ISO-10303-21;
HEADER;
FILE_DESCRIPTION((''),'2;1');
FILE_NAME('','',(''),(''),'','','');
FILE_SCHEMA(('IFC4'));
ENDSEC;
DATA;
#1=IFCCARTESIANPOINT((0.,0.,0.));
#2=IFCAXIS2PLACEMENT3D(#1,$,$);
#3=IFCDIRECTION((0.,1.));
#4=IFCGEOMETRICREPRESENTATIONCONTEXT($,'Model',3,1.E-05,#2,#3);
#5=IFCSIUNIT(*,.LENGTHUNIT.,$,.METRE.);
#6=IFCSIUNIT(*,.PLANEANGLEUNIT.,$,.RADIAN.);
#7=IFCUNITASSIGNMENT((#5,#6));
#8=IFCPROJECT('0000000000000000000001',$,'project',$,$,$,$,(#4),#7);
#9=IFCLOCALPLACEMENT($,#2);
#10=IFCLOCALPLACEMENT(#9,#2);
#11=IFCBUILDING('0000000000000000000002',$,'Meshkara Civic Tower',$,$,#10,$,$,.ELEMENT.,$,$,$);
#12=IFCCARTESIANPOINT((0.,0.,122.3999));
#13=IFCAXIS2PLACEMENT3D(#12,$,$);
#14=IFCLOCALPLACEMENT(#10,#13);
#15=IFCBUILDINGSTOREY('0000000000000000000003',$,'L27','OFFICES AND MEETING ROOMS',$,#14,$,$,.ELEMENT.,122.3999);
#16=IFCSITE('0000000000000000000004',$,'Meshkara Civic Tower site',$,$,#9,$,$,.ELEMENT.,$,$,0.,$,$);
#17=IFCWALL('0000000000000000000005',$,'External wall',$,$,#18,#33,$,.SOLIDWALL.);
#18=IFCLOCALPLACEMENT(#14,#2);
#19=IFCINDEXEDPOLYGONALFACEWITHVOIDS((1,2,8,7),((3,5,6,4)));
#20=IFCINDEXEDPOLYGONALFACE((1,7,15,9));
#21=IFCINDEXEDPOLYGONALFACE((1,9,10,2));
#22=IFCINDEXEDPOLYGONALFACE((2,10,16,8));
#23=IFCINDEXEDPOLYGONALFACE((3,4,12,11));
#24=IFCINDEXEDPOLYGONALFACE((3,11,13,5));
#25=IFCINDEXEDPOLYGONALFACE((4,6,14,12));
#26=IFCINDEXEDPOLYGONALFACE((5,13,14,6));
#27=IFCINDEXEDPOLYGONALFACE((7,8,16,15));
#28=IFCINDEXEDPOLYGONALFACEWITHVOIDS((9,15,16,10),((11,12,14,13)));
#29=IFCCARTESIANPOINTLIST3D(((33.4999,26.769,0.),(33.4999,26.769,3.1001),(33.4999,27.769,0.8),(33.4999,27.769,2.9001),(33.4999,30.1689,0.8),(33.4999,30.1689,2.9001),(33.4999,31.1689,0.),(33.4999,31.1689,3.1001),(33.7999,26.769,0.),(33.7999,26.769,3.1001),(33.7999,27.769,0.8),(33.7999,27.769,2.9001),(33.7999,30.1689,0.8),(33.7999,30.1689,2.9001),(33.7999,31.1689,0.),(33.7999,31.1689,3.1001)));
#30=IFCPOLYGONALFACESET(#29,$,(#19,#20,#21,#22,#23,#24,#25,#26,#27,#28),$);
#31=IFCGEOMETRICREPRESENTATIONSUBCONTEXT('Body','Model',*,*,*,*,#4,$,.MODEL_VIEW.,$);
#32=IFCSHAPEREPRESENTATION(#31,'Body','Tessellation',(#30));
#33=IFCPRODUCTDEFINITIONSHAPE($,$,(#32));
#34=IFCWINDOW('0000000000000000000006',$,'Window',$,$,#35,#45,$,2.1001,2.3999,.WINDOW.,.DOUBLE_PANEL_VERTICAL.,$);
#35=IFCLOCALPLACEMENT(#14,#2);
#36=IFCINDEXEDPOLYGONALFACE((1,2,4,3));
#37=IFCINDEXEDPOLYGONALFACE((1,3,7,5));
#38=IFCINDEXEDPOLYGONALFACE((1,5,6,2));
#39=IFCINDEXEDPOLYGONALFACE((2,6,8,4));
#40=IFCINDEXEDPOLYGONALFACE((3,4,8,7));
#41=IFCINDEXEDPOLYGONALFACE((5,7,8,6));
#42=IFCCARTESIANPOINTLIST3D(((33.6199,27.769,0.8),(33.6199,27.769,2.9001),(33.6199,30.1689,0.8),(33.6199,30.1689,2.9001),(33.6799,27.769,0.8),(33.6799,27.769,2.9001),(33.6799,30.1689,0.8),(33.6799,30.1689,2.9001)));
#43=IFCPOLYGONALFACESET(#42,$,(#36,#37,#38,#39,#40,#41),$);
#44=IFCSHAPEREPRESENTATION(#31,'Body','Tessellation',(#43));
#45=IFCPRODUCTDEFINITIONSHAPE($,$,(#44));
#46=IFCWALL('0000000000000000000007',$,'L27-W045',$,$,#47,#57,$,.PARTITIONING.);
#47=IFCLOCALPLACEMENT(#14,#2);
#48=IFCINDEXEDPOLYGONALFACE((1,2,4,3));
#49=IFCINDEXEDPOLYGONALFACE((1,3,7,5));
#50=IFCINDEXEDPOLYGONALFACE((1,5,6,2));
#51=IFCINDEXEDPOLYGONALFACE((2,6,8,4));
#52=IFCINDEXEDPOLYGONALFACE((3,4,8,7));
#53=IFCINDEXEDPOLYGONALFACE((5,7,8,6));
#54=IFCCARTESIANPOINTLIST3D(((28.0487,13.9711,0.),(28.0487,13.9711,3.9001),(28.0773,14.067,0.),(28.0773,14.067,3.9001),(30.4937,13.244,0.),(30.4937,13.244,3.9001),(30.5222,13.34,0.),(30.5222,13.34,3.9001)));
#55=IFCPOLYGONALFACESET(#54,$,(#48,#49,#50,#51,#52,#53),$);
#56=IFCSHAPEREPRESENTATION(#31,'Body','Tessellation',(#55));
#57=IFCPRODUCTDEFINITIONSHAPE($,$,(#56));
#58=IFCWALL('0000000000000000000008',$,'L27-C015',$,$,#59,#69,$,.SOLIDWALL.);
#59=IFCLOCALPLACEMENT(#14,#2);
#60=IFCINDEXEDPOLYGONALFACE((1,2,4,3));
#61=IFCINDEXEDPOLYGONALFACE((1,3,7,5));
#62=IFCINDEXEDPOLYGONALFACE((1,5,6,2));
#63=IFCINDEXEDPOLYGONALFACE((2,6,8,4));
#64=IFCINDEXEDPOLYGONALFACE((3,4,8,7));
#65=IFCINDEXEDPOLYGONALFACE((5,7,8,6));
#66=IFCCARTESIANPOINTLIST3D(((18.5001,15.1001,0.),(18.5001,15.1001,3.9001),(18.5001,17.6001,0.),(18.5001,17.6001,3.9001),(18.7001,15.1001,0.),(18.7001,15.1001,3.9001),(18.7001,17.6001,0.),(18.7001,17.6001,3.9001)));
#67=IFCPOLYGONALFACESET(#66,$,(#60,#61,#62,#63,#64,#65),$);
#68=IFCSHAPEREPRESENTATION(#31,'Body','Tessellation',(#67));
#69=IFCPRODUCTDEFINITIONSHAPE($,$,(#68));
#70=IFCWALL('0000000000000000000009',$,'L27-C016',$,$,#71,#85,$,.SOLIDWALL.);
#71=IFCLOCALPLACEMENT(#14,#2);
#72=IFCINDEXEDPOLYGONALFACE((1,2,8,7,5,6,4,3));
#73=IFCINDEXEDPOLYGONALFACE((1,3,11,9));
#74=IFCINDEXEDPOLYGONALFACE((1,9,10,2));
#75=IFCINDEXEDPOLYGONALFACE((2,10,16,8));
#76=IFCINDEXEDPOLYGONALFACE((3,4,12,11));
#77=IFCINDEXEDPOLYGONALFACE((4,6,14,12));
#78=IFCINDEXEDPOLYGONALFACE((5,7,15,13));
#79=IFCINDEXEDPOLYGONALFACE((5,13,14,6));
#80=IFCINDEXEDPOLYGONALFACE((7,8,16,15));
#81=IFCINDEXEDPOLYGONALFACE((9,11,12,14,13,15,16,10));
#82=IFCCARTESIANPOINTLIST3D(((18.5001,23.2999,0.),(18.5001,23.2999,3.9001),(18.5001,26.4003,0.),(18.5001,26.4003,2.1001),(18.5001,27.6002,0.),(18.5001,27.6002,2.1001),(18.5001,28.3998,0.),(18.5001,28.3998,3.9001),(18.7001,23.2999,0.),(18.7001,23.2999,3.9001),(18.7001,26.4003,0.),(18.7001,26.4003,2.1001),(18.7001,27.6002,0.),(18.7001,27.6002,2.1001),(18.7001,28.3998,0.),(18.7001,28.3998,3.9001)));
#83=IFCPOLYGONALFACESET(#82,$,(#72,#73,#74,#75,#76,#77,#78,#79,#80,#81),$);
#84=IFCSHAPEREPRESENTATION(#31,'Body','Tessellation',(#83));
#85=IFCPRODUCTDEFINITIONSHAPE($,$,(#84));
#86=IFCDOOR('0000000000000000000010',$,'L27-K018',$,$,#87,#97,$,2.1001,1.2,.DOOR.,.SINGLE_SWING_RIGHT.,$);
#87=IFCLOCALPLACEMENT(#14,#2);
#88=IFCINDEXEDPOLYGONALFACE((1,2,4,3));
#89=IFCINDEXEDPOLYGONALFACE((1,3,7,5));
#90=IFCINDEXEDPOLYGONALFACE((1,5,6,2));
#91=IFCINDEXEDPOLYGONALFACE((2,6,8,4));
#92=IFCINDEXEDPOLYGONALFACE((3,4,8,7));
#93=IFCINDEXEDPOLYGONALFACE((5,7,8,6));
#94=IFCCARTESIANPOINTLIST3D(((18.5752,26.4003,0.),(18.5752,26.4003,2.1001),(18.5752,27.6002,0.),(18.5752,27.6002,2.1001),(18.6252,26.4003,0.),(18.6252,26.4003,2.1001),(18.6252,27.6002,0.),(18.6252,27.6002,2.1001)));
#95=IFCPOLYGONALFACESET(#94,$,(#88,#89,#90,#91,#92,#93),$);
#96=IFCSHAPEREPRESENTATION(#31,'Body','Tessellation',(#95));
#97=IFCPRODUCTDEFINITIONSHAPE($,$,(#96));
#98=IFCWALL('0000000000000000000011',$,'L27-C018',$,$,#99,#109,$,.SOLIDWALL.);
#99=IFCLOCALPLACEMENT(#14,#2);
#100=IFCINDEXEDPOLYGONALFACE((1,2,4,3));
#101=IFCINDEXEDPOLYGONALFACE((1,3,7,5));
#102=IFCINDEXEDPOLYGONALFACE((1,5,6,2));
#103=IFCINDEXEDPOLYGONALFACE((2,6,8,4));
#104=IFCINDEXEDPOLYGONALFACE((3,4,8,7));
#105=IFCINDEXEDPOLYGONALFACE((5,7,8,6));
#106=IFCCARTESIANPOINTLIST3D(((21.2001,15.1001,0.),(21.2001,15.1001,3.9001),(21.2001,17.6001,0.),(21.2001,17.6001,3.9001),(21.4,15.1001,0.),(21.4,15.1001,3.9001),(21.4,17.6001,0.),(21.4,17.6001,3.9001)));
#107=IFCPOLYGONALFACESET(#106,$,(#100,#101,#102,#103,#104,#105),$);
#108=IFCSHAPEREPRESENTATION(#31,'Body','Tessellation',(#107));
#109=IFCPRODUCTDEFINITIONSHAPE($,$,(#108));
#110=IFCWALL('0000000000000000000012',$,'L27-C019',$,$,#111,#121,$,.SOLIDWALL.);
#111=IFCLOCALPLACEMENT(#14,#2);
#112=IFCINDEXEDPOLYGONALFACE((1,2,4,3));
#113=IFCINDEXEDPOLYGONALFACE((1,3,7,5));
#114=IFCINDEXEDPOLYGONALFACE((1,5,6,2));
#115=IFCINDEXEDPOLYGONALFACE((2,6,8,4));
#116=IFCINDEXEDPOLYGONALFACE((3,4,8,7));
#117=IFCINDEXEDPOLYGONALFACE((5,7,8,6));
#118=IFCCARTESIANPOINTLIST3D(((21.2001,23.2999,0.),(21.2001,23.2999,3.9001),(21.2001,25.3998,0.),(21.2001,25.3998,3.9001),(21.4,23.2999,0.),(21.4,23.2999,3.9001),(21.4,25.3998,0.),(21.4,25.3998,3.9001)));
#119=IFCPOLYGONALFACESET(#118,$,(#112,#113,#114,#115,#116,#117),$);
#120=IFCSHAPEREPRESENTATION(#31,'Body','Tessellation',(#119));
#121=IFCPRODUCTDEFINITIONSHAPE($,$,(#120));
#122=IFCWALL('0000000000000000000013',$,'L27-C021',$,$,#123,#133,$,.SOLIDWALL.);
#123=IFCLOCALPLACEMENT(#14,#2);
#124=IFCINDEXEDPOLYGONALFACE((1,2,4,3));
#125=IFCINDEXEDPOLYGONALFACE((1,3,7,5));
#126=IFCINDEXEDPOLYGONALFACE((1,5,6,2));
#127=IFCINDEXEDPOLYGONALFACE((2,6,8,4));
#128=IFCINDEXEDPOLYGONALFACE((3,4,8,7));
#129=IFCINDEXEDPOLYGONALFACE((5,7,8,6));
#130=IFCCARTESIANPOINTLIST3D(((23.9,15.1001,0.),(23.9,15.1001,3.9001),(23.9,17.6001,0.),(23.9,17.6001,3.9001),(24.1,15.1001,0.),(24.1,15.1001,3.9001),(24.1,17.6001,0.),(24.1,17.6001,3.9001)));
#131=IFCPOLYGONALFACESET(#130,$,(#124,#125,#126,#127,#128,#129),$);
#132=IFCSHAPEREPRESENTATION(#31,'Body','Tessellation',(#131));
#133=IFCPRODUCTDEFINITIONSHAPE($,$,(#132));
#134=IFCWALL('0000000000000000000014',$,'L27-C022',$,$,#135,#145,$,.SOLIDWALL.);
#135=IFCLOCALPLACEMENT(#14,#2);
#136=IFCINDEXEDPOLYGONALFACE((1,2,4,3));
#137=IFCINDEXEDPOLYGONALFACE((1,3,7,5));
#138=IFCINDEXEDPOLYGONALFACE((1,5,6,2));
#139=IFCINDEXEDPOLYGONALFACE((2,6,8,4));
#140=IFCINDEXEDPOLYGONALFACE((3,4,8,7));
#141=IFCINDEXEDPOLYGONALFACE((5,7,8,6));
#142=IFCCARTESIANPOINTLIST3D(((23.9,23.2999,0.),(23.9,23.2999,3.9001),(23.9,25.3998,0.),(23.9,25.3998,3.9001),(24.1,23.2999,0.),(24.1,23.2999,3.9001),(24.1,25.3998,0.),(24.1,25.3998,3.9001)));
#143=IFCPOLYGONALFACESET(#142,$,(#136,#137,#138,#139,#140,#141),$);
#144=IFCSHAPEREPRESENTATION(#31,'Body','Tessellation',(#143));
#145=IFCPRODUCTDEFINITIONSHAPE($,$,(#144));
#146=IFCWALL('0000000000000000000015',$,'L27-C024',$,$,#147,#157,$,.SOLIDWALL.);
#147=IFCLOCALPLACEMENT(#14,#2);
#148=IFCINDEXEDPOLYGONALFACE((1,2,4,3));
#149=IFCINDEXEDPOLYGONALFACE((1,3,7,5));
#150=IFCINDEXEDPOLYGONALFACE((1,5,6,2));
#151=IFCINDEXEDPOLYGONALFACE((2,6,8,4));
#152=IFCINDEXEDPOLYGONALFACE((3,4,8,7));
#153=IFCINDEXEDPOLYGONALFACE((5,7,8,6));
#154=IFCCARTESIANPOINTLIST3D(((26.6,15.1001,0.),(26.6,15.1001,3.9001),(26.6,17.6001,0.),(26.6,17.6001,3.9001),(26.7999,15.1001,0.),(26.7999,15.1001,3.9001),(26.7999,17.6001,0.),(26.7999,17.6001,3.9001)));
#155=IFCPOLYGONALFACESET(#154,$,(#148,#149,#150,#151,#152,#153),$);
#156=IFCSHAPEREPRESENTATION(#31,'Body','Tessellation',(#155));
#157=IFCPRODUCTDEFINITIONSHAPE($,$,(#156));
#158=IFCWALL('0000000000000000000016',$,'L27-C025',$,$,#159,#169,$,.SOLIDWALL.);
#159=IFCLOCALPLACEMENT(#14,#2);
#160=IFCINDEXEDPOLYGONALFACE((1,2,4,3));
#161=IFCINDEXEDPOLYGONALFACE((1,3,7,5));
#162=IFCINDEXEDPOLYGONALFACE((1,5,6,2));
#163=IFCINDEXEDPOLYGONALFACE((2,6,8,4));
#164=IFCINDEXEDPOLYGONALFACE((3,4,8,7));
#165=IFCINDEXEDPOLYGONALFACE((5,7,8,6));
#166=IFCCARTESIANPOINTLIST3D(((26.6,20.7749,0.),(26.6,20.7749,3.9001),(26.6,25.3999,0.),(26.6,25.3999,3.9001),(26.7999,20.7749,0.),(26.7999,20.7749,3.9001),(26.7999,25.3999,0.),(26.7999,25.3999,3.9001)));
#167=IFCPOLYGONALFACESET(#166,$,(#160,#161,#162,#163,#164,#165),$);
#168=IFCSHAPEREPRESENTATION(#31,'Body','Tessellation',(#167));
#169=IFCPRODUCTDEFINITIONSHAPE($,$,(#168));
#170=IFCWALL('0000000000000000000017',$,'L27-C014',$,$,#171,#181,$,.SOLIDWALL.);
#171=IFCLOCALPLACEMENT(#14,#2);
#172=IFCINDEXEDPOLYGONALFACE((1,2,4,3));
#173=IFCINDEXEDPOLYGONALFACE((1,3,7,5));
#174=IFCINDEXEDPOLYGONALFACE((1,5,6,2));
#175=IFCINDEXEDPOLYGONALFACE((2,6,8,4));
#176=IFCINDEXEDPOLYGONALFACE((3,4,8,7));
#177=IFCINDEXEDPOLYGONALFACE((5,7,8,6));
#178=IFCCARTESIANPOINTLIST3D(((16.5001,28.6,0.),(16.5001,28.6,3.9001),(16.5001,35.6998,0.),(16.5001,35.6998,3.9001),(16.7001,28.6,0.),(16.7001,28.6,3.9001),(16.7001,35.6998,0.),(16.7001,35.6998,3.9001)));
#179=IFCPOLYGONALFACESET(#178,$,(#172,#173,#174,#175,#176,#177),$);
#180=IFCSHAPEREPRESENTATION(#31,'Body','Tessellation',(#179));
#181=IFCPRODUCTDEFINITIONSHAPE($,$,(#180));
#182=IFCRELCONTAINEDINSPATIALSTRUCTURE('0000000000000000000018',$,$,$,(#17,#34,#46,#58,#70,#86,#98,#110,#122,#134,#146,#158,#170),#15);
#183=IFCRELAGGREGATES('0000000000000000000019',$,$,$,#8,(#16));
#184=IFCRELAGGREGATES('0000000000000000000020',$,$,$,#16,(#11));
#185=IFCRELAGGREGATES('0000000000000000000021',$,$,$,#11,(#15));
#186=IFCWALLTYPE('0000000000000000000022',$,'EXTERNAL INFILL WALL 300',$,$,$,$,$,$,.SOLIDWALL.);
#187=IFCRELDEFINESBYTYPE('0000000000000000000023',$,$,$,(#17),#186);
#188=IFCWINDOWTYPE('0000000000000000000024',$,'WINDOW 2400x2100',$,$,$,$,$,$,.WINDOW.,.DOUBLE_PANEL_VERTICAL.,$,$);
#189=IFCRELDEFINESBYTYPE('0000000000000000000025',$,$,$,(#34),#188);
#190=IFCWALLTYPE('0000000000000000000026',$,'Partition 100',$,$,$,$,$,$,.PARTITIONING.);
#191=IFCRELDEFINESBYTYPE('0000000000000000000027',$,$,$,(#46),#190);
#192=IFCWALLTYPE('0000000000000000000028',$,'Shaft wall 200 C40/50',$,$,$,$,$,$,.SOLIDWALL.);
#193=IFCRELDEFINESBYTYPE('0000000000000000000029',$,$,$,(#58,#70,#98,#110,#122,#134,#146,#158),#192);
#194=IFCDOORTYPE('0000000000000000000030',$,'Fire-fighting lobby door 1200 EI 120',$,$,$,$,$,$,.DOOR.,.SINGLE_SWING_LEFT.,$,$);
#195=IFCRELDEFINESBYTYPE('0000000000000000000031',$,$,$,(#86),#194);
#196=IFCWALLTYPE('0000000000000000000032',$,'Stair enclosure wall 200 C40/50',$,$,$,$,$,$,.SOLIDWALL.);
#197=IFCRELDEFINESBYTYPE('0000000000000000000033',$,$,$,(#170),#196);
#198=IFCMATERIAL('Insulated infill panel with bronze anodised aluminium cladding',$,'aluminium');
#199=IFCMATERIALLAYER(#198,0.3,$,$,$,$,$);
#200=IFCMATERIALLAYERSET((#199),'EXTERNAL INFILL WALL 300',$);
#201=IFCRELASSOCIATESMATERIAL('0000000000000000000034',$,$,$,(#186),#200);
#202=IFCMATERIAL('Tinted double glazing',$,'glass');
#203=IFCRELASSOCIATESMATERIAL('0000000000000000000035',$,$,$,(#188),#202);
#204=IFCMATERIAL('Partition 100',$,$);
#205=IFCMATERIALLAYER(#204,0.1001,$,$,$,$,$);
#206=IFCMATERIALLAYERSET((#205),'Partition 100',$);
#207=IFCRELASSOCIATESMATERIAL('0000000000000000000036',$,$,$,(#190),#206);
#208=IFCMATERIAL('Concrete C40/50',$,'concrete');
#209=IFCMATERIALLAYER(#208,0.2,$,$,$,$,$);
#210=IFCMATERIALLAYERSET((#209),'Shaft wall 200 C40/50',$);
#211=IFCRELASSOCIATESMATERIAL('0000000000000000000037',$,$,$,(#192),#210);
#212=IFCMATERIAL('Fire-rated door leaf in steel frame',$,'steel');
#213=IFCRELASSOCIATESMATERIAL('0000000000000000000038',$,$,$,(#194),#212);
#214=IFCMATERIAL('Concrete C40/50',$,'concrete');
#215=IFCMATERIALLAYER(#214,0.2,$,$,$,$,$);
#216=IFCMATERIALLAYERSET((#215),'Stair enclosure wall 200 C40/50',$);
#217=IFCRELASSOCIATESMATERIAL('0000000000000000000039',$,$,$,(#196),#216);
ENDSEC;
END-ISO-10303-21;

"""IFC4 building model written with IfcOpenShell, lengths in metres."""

from ifc_helpers import new_model, si_unit, direction, frame, frame_2d, origin, place, context, subcontext, project, spatial, rectangle, extrude, material, layer, layer_set, type_object, element, fill, save


model = new_model("IFC4")

# Units and contexts
model_context = context("Model", 3, precision=1e-05, world=origin(), true_north=direction((0.0, 1.0)))
body_context = subcontext(model_context, "Body", "Model", "MODEL_VIEW")
ifc_project = project(units=[si_unit("LENGTHUNIT", "METRE"), si_unit("PLANEANGLEUNIT", "RADIAN")], contexts=[model_context])

# Site, building, storey
site_placement = place(None, origin())
site = spatial("IfcSite", under=ifc_project, at=site_placement, Name="Meshkara Civic Tower site", CompositionType="ELEMENT", RefElevation=0.0)
building_placement = place(site_placement, origin())
building = spatial("IfcBuilding", under=site, at=building_placement, Name="Meshkara Civic Tower", CompositionType="ELEMENT")
storey_placement = place(building_placement, frame((0.0, 0.0, 122.3999)))
storey = spatial("IfcBuildingStorey", under=building, at=storey_placement, Name="L27", Description="OFFICES AND MEETING ROOMS", CompositionType="ELEMENT", Elevation=122.3999)

# Wall, opening, window
ifc_material_1 = material(Name="Insulated infill panel with bronze anodised aluminium cladding", Category="aluminium")
ifc_layer_1 = layer(ifc_material_1, 0.3)
ifc_layer_set_1 = layer_set([ifc_layer_1], Name="EXTERNAL INFILL WALL 300")
wall_type_1 = type_object("IfcWallType", Name="EXTERNAL INFILL WALL 300", PredefinedType="SOLIDWALL", material=ifc_layer_set_1)
ifc_material_2 = material(Name="Tinted double glazing", Category="glass")
window_type = type_object("IfcWindowType", Name="WINDOW 2400x2100", PartitioningType="DOUBLE_PANEL_VERTICAL", PredefinedType="WINDOW", material=ifc_material_2)
wall_1_placement = place(storey_placement, frame((33.6499, 26.769, 0.0), z_axis=(0.0, 0.0, 1.0), x_axis=(0.0, 1.0, 0.0)))
wall_1 = element("IfcWall", 1, at=wall_1_placement, inside=storey, type_object=wall_type_1, Name="External wall", PredefinedType="SOLIDWALL", context=body_context, shape_type="SweptSolid", body=[
    extrude(rectangle(XDim=4.3999, YDim=0.3, at=frame_2d((2.2, 0.0))), origin(), (0.0, 0.0, 1.0), 3.1001),
])
opening_1_placement = place(wall_1_placement, frame((1.0, 0.0, 0.8)))
opening_1 = element("IfcOpeningElement", 2, at=opening_1_placement, cuts=wall_1, PredefinedType="OPENING", context=body_context, shape_type="SweptSolid", body=[
    extrude(rectangle(XDim=2.3999, YDim=2.1001, at=frame_2d((1.2, 1.05))), frame((0.0, 0.1599, 0.0), z_axis=(0.0, -1.0, 0.0), x_axis=(1.0, 0.0, 0.0)), (0.0, 0.0, 1.0), 0.3201),
])
window_1_placement = place(opening_1_placement, origin())
window_1 = element("IfcWindow", 3, at=window_1_placement, inside=storey, type_object=window_type, Name="Window", OverallHeight=2.1001, OverallWidth=2.3999, PartitioningType="DOUBLE_PANEL_VERTICAL", PredefinedType="WINDOW", context=body_context, shape_type="SweptSolid", body=[
    extrude(rectangle(XDim=2.3999, YDim=2.1001, at=frame_2d((1.2, 1.05))), frame((0.0, 0.03, 0.0), z_axis=(0.0, -1.0, 0.0), x_axis=(1.0, 0.0, 0.0)), (0.0, 0.0, 1.0), 0.0601),
])
fill(opening_1, window_1)

# Walls
ifc_material_3 = material(Name="Partition 100")
ifc_layer_2 = layer(ifc_material_3, 0.1001)
ifc_layer_set_2 = layer_set([ifc_layer_2], Name="Partition 100")
wall_type_2 = type_object("IfcWallType", Name="Partition 100", PredefinedType="PARTITIONING", material=ifc_layer_set_2)
wall_2_placement = place(storey_placement, frame((28.063, 14.019, 0.0), z_axis=(0.0, 0.0, 1.0), x_axis=(0.958522, -0.28502, 0.0)))
element("IfcWall", 4, at=wall_2_placement, inside=storey, type_object=wall_type_2, Name="L27-W045", PredefinedType="PARTITIONING", context=body_context, shape_type="SweptSolid", body=[
    extrude(rectangle(XDim=2.5508, YDim=0.1001, at=frame_2d((1.2754, 0.0))), origin(), (0.0, 0.0, 1.0), 3.9001),
])
ifc_material_4 = material(Name="Concrete C40/50", Category="concrete")
ifc_layer_3 = layer(ifc_material_4, 0.2)
ifc_layer_set_3 = layer_set([ifc_layer_3], Name="Shaft wall 200 C40/50")
wall_type_3 = type_object("IfcWallType", Name="Shaft wall 200 C40/50", PredefinedType="SOLIDWALL", material=ifc_layer_set_3)
wall_3_placement = place(storey_placement, frame((18.6001, 15.1001, 0.0), z_axis=(0.0, 0.0, 1.0), x_axis=(0.0, 1.0, 0.0)))
element("IfcWall", 5, at=wall_3_placement, inside=storey, type_object=wall_type_3, Name="L27-C015", PredefinedType="SOLIDWALL", context=body_context, shape_type="SweptSolid", body=[
    extrude(rectangle(XDim=2.5, YDim=0.2, at=frame_2d((1.25, 0.0))), origin(), (0.0, 0.0, 1.0), 3.9001),
])

# Wall, opening, door
wall_4_placement = place(storey_placement, frame((18.6001, 23.3, 0.0), z_axis=(0.0, 0.0, 1.0), x_axis=(0.0, 1.0, 0.0)))
wall_4 = element("IfcWall", 6, at=wall_4_placement, inside=storey, type_object=wall_type_3, Name="L27-C016", PredefinedType="SOLIDWALL", context=body_context, shape_type="SweptSolid", body=[
    extrude(rectangle(XDim=5.0999, YDim=0.2, at=frame_2d((2.5498, 0.0))), origin(), (0.0, 0.0, 1.0), 3.9001),
])
opening_2_placement = place(wall_4_placement, frame((3.1001, 0.0, 0.0)))
opening_2 = element("IfcOpeningElement", 7, at=opening_2_placement, cuts=wall_4, PredefinedType="OPENING", context=body_context, shape_type="SweptSolid", body=[
    extrude(rectangle(XDim=1.2, YDim=2.1001, at=frame_2d((0.6001, 1.05))), frame((0.0, 0.1099, 0.0), z_axis=(0.0, -1.0, 0.0), x_axis=(1.0, 0.0, 0.0)), (0.0, 0.0, 1.0), 0.22),
])
ifc_material_5 = material(Name="Fire-rated door leaf in steel frame", Category="steel")
door_type = type_object("IfcDoorType", Name="Fire-fighting lobby door 1200 EI 120", OperationType="SINGLE_SWING_LEFT", PredefinedType="DOOR", material=ifc_material_5)
door_placement = place(opening_2_placement, origin())
door = element("IfcDoor", 8, at=door_placement, inside=storey, type_object=door_type, Name="L27-K018", OperationType="SINGLE_SWING_RIGHT", OverallHeight=2.1001, OverallWidth=1.2, PredefinedType="DOOR", context=body_context, shape_type="SweptSolid", body=[
    extrude(rectangle(XDim=1.2, YDim=2.1001, at=frame_2d((0.6001, 1.05))), frame((0.0, 0.0249, 0.0), z_axis=(0.0, -1.0, 0.0), x_axis=(1.0, 0.0, 0.0)), (0.0, 0.0, 1.0), 0.05),
])
fill(opening_2, door)

# Walls
wall_5_placement = place(storey_placement, frame((21.3, 15.1001, 0.0), z_axis=(0.0, 0.0, 1.0), x_axis=(0.0, 1.0, 0.0)))
element("IfcWall", 9, at=wall_5_placement, inside=storey, type_object=wall_type_3, Name="L27-C018", PredefinedType="SOLIDWALL", context=body_context, shape_type="SweptSolid", body=[
    extrude(rectangle(XDim=2.5, YDim=0.2, at=frame_2d((1.25, 0.0))), origin(), (0.0, 0.0, 1.0), 3.9001),
])
wall_6_placement = place(storey_placement, frame((21.3, 23.3, 0.0), z_axis=(0.0, 0.0, 1.0), x_axis=(0.0, 1.0, 0.0)))
element("IfcWall", 10, at=wall_6_placement, inside=storey, type_object=wall_type_3, Name="L27-C019", PredefinedType="SOLIDWALL", context=body_context, shape_type="SweptSolid", body=[
    extrude(rectangle(XDim=2.0999, YDim=0.2, at=frame_2d((1.0498, 0.0))), origin(), (0.0, 0.0, 1.0), 3.9001),
])
wall_7_placement = place(storey_placement, frame((24.0, 15.1001, 0.0), z_axis=(0.0, 0.0, 1.0), x_axis=(0.0, 1.0, 0.0)))
element("IfcWall", 11, at=wall_7_placement, inside=storey, type_object=wall_type_3, Name="L27-C021", PredefinedType="SOLIDWALL", context=body_context, shape_type="SweptSolid", body=[
    extrude(rectangle(XDim=2.5, YDim=0.2, at=frame_2d((1.25, 0.0))), origin(), (0.0, 0.0, 1.0), 3.9001),
])
wall_8_placement = place(storey_placement, frame((24.0, 23.3, 0.0), z_axis=(0.0, 0.0, 1.0), x_axis=(0.0, 1.0, 0.0)))
element("IfcWall", 12, at=wall_8_placement, inside=storey, type_object=wall_type_3, Name="L27-C022", PredefinedType="SOLIDWALL", context=body_context, shape_type="SweptSolid", body=[
    extrude(rectangle(XDim=2.0999, YDim=0.2, at=frame_2d((1.0498, 0.0))), origin(), (0.0, 0.0, 1.0), 3.9001),
])
wall_9_placement = place(storey_placement, frame((26.7, 15.1001, 0.0), z_axis=(0.0, 0.0, 1.0), x_axis=(0.0, 1.0, 0.0)))
element("IfcWall", 13, at=wall_9_placement, inside=storey, type_object=wall_type_3, Name="L27-C024", PredefinedType="SOLIDWALL", context=body_context, shape_type="SweptSolid", body=[
    extrude(rectangle(XDim=2.5, YDim=0.2, at=frame_2d((1.25, 0.0))), origin(), (0.0, 0.0, 1.0), 3.9001),
])
wall_10_placement = place(storey_placement, frame((26.7, 20.7749, 0.0), z_axis=(0.0, 0.0, 1.0), x_axis=(0.0, 1.0, 0.0)))
element("IfcWall", 14, at=wall_10_placement, inside=storey, type_object=wall_type_3, Name="L27-C025", PredefinedType="SOLIDWALL", context=body_context, shape_type="SweptSolid", body=[
    extrude(rectangle(XDim=4.625, YDim=0.2, at=frame_2d((2.3125, 0.0))), origin(), (0.0, 0.0, 1.0), 3.9001),
])
ifc_material_6 = material(Name="Concrete C40/50", Category="concrete")
ifc_layer_4 = layer(ifc_material_6, 0.2)
ifc_layer_set_4 = layer_set([ifc_layer_4], Name="Stair enclosure wall 200 C40/50")
wall_type_4 = type_object("IfcWallType", Name="Stair enclosure wall 200 C40/50", PredefinedType="SOLIDWALL", material=ifc_layer_set_4)
wall_11_placement = place(storey_placement, frame((16.6001, 28.6001, 0.0), z_axis=(0.0, 0.0, 1.0), x_axis=(0.0, 1.0, 0.0)))
element("IfcWall", 15, at=wall_11_placement, inside=storey, type_object=wall_type_4, Name="L27-C014", PredefinedType="SOLIDWALL", context=body_context, shape_type="SweptSolid", body=[
    extrude(rectangle(XDim=7.0999, YDim=0.2, at=frame_2d((3.5498, 0.0))), origin(), (0.0, 0.0, 1.0), 3.9001),
])

save(model, "model.ifc")
